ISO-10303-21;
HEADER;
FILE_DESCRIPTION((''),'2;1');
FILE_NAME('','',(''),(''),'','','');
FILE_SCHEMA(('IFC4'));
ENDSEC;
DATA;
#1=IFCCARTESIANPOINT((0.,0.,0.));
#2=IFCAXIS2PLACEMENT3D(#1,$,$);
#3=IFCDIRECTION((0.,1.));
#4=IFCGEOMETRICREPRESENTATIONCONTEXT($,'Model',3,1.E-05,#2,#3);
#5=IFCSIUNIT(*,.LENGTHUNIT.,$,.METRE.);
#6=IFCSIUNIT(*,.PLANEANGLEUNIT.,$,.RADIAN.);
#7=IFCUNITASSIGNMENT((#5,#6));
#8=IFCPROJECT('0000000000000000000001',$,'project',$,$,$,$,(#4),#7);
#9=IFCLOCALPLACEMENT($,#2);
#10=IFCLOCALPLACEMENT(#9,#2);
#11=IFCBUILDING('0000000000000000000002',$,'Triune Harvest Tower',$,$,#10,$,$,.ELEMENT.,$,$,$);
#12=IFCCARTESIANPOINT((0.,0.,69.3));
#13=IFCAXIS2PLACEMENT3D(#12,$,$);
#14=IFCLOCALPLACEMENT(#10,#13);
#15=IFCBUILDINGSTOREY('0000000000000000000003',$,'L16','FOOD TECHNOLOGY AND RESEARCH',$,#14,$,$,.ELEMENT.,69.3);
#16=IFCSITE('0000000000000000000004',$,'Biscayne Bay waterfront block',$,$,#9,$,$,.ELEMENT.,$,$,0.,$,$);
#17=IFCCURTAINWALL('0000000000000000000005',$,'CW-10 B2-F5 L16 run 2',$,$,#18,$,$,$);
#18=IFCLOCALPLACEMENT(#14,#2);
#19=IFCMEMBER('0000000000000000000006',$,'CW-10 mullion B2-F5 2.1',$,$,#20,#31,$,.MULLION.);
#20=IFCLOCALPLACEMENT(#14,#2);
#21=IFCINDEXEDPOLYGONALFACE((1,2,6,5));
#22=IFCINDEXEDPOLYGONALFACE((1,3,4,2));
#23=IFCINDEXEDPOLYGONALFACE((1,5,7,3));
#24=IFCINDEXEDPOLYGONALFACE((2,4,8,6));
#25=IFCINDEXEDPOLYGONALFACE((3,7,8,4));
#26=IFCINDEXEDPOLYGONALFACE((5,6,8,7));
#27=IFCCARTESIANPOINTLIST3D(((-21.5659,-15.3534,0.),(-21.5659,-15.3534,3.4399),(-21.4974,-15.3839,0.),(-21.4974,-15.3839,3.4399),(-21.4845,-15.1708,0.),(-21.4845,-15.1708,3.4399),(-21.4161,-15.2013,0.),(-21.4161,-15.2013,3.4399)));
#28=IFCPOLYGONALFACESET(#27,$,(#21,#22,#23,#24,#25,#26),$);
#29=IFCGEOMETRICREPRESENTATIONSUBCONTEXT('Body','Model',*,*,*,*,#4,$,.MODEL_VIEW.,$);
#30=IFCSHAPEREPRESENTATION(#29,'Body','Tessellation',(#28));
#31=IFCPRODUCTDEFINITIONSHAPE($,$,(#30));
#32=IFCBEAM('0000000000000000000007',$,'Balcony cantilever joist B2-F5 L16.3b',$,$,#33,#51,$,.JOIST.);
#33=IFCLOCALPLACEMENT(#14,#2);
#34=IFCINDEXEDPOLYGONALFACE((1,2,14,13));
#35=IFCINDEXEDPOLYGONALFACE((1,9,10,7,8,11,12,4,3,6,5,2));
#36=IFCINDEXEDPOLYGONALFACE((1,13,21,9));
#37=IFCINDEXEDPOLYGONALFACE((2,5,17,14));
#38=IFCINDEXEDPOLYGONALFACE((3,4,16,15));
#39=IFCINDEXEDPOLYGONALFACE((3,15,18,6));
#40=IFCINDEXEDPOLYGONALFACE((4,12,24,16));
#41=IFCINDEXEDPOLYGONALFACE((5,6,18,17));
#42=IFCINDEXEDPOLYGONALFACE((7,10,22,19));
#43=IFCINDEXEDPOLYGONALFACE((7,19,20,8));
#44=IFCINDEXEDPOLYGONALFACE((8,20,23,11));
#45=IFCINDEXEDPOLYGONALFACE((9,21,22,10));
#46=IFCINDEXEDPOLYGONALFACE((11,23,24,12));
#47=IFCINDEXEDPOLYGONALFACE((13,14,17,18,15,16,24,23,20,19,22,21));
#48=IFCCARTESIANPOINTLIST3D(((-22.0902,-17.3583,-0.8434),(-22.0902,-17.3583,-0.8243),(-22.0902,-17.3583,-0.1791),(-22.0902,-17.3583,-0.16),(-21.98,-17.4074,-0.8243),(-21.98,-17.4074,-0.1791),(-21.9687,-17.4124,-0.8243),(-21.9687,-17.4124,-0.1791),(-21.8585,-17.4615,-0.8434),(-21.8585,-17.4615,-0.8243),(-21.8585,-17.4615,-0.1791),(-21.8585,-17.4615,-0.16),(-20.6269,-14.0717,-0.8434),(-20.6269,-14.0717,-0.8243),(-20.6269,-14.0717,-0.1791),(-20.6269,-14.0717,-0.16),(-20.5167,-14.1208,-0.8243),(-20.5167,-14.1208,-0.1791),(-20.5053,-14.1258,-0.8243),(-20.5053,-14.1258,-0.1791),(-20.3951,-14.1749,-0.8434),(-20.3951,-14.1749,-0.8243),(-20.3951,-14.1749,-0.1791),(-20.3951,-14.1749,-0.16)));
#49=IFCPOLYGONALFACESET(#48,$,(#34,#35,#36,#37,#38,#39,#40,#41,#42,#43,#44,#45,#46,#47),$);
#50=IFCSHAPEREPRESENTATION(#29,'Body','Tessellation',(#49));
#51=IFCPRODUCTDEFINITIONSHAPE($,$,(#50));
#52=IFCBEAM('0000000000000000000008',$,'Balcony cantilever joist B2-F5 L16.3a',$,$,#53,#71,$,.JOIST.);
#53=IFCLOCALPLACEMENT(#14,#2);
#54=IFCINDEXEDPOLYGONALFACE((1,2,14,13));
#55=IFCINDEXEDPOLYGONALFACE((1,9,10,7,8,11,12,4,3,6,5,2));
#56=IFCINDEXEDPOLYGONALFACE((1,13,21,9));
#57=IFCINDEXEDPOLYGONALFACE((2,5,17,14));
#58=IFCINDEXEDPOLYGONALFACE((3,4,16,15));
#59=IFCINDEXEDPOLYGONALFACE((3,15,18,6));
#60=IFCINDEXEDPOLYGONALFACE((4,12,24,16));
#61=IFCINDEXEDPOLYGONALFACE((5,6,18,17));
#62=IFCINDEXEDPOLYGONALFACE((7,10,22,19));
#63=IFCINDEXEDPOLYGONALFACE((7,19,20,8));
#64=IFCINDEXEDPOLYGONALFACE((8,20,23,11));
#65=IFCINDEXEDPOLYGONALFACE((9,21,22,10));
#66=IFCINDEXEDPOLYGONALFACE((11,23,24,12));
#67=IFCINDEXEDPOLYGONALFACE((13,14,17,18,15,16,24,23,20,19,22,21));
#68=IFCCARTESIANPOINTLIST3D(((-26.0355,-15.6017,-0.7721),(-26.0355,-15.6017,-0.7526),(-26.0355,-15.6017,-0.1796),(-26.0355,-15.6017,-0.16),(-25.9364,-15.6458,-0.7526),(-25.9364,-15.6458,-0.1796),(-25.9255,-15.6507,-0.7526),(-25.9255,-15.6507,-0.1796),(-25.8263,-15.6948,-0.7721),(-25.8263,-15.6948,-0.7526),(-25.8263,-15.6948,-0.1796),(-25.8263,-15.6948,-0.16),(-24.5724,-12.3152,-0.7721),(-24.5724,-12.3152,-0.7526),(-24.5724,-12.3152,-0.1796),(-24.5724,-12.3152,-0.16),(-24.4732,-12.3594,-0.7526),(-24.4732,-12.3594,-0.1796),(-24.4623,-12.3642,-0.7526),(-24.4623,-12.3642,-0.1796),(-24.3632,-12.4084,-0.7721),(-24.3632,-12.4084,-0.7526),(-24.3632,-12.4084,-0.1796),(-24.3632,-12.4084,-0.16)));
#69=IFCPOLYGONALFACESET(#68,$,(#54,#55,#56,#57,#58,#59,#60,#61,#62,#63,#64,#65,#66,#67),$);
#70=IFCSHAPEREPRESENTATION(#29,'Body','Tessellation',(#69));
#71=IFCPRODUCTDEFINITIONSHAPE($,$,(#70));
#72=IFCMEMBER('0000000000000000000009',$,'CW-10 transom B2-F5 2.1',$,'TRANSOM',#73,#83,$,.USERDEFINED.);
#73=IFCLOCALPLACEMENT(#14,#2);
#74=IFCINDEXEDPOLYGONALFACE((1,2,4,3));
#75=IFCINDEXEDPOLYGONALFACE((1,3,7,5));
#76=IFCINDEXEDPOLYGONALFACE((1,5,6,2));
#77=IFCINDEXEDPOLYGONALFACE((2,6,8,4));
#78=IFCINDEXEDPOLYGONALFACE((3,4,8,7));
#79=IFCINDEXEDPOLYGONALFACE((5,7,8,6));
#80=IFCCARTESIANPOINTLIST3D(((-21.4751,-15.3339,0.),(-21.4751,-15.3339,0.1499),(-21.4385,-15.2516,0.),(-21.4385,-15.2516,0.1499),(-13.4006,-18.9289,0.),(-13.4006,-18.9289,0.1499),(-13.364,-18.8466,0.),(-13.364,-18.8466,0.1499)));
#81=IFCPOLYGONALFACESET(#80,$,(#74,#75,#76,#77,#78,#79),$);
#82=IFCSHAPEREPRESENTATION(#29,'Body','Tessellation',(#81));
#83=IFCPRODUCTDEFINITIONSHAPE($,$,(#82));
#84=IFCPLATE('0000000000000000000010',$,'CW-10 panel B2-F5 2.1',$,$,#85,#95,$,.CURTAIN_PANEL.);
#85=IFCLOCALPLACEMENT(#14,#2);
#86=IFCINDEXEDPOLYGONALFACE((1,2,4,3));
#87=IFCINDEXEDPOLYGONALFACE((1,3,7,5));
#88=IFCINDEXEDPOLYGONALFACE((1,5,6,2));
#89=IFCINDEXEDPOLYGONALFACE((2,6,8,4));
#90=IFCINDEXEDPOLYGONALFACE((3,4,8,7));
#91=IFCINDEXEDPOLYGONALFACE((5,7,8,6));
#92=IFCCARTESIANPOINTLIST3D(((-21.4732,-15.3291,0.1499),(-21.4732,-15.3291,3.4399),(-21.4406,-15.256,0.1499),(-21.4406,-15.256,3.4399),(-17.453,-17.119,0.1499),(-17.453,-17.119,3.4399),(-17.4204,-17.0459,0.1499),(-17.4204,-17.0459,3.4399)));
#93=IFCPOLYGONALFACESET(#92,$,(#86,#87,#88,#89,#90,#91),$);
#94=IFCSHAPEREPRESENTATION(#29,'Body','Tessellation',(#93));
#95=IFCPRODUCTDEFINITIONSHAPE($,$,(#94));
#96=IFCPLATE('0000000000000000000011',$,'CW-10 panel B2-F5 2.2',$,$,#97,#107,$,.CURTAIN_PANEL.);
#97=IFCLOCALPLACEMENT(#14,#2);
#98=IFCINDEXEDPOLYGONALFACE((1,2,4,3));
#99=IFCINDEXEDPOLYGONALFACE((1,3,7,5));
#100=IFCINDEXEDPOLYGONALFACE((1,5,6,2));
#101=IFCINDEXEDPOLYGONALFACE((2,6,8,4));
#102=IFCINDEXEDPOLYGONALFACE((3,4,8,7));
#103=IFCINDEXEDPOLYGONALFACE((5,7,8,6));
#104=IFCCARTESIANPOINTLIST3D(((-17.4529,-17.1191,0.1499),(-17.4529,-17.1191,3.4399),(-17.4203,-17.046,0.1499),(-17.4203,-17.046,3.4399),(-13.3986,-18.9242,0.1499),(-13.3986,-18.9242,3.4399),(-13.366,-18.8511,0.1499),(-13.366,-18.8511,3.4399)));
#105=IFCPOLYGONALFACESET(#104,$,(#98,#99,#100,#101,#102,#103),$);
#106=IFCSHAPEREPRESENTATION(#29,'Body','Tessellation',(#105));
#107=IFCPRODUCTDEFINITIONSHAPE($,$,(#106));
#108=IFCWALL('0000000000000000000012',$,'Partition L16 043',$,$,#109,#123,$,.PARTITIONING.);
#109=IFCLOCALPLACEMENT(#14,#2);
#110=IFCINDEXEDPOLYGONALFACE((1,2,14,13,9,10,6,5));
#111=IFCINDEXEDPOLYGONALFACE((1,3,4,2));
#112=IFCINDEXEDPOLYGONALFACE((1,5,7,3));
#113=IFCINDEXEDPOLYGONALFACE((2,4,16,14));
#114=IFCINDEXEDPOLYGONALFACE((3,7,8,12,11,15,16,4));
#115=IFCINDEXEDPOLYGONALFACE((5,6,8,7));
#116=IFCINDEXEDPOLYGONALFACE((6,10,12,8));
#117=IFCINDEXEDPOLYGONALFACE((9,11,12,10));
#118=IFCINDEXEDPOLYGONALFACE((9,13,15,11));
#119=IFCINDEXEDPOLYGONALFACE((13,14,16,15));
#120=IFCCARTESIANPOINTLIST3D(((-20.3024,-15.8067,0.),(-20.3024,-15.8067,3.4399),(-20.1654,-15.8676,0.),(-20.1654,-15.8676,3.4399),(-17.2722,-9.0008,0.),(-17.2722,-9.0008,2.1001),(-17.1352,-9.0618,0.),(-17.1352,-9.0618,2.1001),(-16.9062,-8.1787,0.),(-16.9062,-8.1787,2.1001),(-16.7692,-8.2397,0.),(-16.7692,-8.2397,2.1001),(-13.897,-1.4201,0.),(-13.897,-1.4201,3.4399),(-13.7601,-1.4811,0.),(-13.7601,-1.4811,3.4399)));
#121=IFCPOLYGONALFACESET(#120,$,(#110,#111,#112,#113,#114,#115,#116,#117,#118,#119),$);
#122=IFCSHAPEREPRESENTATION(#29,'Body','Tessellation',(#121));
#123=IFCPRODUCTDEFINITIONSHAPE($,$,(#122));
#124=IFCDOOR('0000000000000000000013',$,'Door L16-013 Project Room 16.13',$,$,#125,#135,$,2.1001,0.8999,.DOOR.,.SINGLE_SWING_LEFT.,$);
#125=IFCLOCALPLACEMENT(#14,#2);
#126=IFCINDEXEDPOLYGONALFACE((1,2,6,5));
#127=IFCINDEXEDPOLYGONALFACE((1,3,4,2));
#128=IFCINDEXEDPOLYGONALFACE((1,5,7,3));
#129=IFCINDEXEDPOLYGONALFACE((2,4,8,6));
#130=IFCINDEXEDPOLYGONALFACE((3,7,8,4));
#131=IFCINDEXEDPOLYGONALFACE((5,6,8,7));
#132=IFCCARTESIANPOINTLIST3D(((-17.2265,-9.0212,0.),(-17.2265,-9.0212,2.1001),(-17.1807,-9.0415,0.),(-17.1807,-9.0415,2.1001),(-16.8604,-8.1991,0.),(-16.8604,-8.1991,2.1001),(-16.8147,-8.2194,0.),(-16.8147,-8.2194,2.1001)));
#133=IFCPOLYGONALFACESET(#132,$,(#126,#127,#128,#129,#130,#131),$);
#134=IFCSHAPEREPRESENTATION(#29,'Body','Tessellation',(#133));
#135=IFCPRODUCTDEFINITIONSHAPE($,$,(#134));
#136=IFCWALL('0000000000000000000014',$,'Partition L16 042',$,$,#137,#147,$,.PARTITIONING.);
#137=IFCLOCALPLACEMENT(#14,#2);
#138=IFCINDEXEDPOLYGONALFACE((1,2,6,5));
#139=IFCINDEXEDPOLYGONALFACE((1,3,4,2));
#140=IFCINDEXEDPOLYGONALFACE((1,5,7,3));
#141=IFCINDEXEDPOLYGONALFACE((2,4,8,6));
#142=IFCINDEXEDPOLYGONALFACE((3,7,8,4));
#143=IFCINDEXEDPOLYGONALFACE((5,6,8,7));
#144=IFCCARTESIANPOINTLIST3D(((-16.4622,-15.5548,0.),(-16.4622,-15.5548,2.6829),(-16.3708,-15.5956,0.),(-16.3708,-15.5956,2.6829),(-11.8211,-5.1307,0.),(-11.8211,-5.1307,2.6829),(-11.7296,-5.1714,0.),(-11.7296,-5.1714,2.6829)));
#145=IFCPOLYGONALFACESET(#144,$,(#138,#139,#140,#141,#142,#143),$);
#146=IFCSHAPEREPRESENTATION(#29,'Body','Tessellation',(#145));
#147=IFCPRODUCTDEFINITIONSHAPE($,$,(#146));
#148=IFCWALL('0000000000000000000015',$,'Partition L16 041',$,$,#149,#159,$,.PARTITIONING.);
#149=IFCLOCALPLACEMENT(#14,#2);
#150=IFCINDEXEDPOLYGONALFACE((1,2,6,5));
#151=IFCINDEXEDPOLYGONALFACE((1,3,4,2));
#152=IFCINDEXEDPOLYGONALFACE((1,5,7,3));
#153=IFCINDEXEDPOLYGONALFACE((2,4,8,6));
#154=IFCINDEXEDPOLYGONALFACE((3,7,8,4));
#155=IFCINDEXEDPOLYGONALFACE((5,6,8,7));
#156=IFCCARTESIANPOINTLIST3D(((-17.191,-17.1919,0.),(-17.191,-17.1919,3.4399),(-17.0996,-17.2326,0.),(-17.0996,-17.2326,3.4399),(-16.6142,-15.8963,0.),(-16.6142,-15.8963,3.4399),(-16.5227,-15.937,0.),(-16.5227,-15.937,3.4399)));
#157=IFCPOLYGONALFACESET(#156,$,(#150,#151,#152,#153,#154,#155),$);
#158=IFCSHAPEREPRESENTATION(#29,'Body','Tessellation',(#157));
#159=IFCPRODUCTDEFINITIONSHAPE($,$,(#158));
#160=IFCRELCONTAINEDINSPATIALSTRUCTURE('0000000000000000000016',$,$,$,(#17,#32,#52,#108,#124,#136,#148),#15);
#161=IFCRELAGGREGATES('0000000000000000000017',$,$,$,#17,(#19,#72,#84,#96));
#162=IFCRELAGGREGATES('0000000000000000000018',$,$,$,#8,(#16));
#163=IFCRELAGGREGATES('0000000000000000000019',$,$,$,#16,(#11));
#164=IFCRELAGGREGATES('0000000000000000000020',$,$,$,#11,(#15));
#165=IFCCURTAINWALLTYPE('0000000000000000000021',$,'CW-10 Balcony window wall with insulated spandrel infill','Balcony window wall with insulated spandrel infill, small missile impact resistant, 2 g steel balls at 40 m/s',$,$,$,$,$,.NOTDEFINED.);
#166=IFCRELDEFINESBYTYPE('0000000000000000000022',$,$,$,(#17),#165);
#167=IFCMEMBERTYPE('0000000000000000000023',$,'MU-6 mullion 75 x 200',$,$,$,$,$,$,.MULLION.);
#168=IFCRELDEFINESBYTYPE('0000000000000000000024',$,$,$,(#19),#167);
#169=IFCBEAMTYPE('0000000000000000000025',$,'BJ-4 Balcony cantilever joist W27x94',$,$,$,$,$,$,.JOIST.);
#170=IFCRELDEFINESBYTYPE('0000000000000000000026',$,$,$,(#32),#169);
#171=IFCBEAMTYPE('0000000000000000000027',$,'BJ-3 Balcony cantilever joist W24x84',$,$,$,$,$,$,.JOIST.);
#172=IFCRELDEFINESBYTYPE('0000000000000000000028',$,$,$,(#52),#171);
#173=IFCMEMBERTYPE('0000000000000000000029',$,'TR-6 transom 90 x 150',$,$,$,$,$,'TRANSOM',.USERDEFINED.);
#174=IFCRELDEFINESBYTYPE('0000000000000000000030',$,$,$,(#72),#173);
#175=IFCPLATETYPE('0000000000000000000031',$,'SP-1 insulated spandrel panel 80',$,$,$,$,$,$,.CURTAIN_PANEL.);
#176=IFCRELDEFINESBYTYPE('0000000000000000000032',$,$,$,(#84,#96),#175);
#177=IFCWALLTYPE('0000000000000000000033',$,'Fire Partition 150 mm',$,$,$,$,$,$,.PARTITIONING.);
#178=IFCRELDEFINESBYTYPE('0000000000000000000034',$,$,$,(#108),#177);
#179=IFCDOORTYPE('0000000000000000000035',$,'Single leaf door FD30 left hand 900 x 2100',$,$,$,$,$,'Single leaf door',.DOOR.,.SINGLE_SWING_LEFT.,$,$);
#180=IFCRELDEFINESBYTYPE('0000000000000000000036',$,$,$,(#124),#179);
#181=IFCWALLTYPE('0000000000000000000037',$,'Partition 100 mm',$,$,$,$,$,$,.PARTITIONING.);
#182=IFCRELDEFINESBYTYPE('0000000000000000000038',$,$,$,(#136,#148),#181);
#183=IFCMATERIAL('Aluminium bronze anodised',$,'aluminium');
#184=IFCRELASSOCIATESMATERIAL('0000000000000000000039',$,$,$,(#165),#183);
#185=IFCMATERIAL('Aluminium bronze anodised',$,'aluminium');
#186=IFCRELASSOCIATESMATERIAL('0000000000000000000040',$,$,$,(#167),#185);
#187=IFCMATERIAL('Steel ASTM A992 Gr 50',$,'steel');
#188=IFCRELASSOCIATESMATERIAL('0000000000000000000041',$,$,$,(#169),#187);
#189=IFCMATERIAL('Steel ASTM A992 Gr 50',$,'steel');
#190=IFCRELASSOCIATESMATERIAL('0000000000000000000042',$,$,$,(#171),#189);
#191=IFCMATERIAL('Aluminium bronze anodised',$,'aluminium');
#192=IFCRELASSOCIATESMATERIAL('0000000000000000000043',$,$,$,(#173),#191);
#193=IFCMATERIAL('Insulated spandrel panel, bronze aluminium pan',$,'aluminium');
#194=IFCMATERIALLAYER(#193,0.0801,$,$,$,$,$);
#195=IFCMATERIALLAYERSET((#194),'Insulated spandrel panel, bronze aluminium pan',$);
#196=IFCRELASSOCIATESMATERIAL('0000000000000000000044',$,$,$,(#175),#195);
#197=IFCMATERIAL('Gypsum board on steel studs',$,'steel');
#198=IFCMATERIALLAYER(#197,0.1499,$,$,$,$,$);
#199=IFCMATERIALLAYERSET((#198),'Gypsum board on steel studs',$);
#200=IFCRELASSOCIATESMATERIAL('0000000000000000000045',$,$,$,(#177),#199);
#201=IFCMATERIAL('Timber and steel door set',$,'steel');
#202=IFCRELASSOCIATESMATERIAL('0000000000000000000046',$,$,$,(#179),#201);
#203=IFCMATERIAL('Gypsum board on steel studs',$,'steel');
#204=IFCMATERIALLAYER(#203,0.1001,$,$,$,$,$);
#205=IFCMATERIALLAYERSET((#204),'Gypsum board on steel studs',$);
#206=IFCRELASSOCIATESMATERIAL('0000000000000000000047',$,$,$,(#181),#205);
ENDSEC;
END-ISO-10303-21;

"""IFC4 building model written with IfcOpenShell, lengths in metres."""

from ifc_helpers import new_model, si_unit, direction, frame, frame_2d, origin, origin_2d, place, context, subcontext, project, spatial, rectangle, i_section, extrude, source, transform, mapped, material, layer, layer_set, material_profile, profile_set, type_object, element, fill, aggregate, save


model = new_model("IFC4")

# Units and contexts
model_context = context("Model", 3, precision=1e-05, world=origin(), true_north=direction((0.0, 1.0)))
body_context = subcontext(model_context, "Body", "Model", "MODEL_VIEW")
ifc_project = project(units=[si_unit("LENGTHUNIT", "METRE"), si_unit("PLANEANGLEUNIT", "RADIAN")], contexts=[model_context])

# Site, building, storey
site_placement = place(None, origin())
site = spatial("IfcSite", under=ifc_project, at=site_placement, Name="Biscayne Bay waterfront block", CompositionType="ELEMENT", RefElevation=0.0)
building_placement = place(site_placement, origin())
building = spatial("IfcBuilding", under=site, at=building_placement, Name="Triune Harvest Tower", CompositionType="ELEMENT")
storey_placement = place(building_placement, frame((0.0, 0.0, 69.3)))
storey = spatial("IfcBuildingStorey", under=building, at=storey_placement, Name="L16", Description="FOOD TECHNOLOGY AND RESEARCH", CompositionType="ELEMENT", Elevation=69.3)

# Curtain wall, member
ifc_material_1 = material(Name="Aluminium bronze anodised", Category="aluminium")
curtain_wall_type = type_object("IfcCurtainWallType", Name="CW-10 Balcony window wall with insulated spandrel infill", Description="Balcony window wall with insulated spandrel infill, small missile impact resistant, 2 g steel balls at 40 m/s", PredefinedType="NOTDEFINED", material=ifc_material_1)
curtain_wall_placement = place(storey_placement, origin())
curtain_wall = element("IfcCurtainWall", 1, at=curtain_wall_placement, inside=storey, type_object=curtain_wall_type, Name="CW-10 B2-F5 L16 run 2")
ifc_material_2 = material(Name="Aluminium bronze anodised", Category="aluminium")
ifc_material_profile_1 = material_profile(ifc_material_2, rectangle(XDim=0.2, YDim=0.075, at=origin_2d()), Name="MU-6 mullion 75 x 200")
ifc_profile_set_1 = profile_set([ifc_material_profile_1], Name="Aluminium bronze anodised")
member_type_1 = type_object("IfcMemberType", Name="MU-6 mullion 75 x 200", PredefinedType="MULLION", material=ifc_profile_set_1)
shared_shape_1 = source(origin(), body_context, "Body", "SweptSolid", [
    extrude(rectangle(XDim=0.2, YDim=0.075, at=origin_2d()), origin(), (0.0, 0.0, 1.0), 3.4399),
])
member_1_placement = place(storey_placement, frame((-21.491, -15.2773, 0.0), z_axis=(0.0, 0.0, 1.0), x_axis=(0.406739, 0.913544, 0.0)))
member_1 = element("IfcMember", 2, at=member_1_placement, type_object=member_type_1, Name="CW-10 mullion B2-F5 2.1", PredefinedType="MULLION", context=body_context, shape_type="MappedRepresentation", body=[
    mapped(shared_shape_1, transform((0.0, 0.0, 0.0), scale=1.0)),
])

# Beams
ifc_material_3 = material(Name="Steel ASTM A992 Gr 50", Category="steel")
ifc_material_profile_2 = material_profile(ifc_material_3, i_section(OverallWidth=0.2537, OverallDepth=0.6833, WebThickness=0.0125, FlangeThickness=0.019, at=origin_2d()), Name="W27x94")
ifc_profile_set_2 = profile_set([ifc_material_profile_2], Name="Steel ASTM A992 Gr 50")
beam_type_1 = type_object("IfcBeamType", Name="BJ-4 Balcony cantilever joist W27x94", PredefinedType="JOIST", material=ifc_profile_set_2)
shared_shape_2 = source(origin(), body_context, "Body", "SweptSolid", [
    extrude(i_section(OverallWidth=0.2537, OverallDepth=0.6833, WebThickness=0.0125, FlangeThickness=0.019, at=origin_2d()), origin(), (0.0, 0.0, 1.0), 3.5977),
])
beam_1_placement = place(storey_placement, frame((-20.511, -14.1233, -0.5017), z_axis=(-0.406755, -0.913537, 0.0), x_axis=(0.913537, -0.406755, 0.0)))
element("IfcBeam", 3, at=beam_1_placement, inside=storey, type_object=beam_type_1, Name="Balcony cantilever joist B2-F5 L16.3b", PredefinedType="JOIST", context=body_context, shape_type="MappedRepresentation", body=[
    mapped(shared_shape_2, transform((0.0, 0.0, 0.0), scale=1.0)),
])
ifc_material_4 = material(Name="Steel ASTM A992 Gr 50", Category="steel")
ifc_material_profile_3 = material_profile(ifc_material_4, i_section(OverallWidth=0.229, OverallDepth=0.6121, WebThickness=0.012, FlangeThickness=0.0195, at=origin_2d()), Name="W24x84")
ifc_profile_set_3 = profile_set([ifc_material_profile_3], Name="Steel ASTM A992 Gr 50")
beam_type_2 = type_object("IfcBeamType", Name="BJ-3 Balcony cantilever joist W24x84", PredefinedType="JOIST", material=ifc_profile_set_3)
shared_shape_3 = source(origin(), body_context, "Body", "SweptSolid", [
    extrude(i_section(OverallWidth=0.229, OverallDepth=0.6121, WebThickness=0.012, FlangeThickness=0.0195, at=origin_2d()), origin(), (0.0, 0.0, 1.0), 3.5974),
])
beam_2_placement = place(storey_placement, frame((-24.4678, -12.3618, -0.4661), z_axis=(-0.406724, -0.913551, 0.0), x_axis=(0.913551, -0.406724, 0.0)))
element("IfcBeam", 4, at=beam_2_placement, inside=storey, type_object=beam_type_2, Name="Balcony cantilever joist B2-F5 L16.3a", PredefinedType="JOIST", context=body_context, shape_type="MappedRepresentation", body=[
    mapped(shared_shape_3, transform((0.0, 0.0, 0.0), scale=1.0)),
])

# Member
ifc_material_5 = material(Name="Aluminium bronze anodised", Category="aluminium")
ifc_material_profile_4 = material_profile(ifc_material_5, rectangle(XDim=0.0901, YDim=0.1499, at=origin_2d()), Name="TR-6 transom 90 x 150")
ifc_profile_set_4 = profile_set([ifc_material_profile_4], Name="Aluminium bronze anodised")
member_type_2 = type_object("IfcMemberType", Name="TR-6 transom 90 x 150", ElementType="TRANSOM", PredefinedType="USERDEFINED", material=ifc_profile_set_4)
shared_shape_4 = source(origin(), body_context, "Body", "SweptSolid", [
    extrude(rectangle(XDim=0.0901, YDim=0.1499, at=origin_2d()), origin(), (0.0, 0.0, 1.0), 8.8386),
])
member_2_placement = place(storey_placement, frame((-21.4568, -15.2927, 0.075), z_axis=(0.913546, -0.406736, 0.0), x_axis=(0.406736, 0.913546, 0.0)))
member_2 = element("IfcMember", 5, at=member_2_placement, type_object=member_type_2, Name="CW-10 transom B2-F5 2.1", ObjectType="TRANSOM", PredefinedType="USERDEFINED", context=body_context, shape_type="MappedRepresentation", body=[
    mapped(shared_shape_4, transform((0.0, 0.0, 0.0), scale=1.0)),
])

# Plates
ifc_material_6 = material(Name="Insulated spandrel panel, bronze aluminium pan", Category="aluminium")
ifc_layer_1 = layer(ifc_material_6, 0.0801)
ifc_layer_set_1 = layer_set([ifc_layer_1], Name="Insulated spandrel panel, bronze aluminium pan")
plate_type = type_object("IfcPlateType", Name="SP-1 insulated spandrel panel 80", PredefinedType="CURTAIN_PANEL", material=ifc_layer_set_1)
shared_shape_5 = source(origin(), body_context, "Body", "SweptSolid", [
    extrude(rectangle(XDim=4.4006, YDim=0.0801, at=origin_2d()), origin(), (0.0, 0.0, 1.0), 3.29),
])
plate_1_placement = place(storey_placement, frame((-19.4468, -16.1875, 0.1499), z_axis=(0.0, 0.0, 1.0), x_axis=(0.913544, -0.406739, 0.0)))
plate_1 = element("IfcPlate", 6, at=plate_1_placement, type_object=plate_type, Name="CW-10 panel B2-F5 2.1", PredefinedType="CURTAIN_PANEL", context=body_context, shape_type="MappedRepresentation", body=[
    mapped(shared_shape_5, transform((0.0, 0.0, 0.0), scale=1.0)),
])
shared_shape_6 = source(origin(), body_context, "Body", "SweptSolid", [
    extrude(rectangle(XDim=4.438, YDim=0.0801, at=origin_2d()), origin(), (0.0, 0.0, 1.0), 3.29),
])
plate_2_placement = place(storey_placement, frame((-15.4094, -17.9851, 0.1499), z_axis=(0.0, 0.0, 1.0), x_axis=(0.913544, -0.406739, 0.0)))
plate_2 = element("IfcPlate", 7, at=plate_2_placement, type_object=plate_type, Name="CW-10 panel B2-F5 2.2", PredefinedType="CURTAIN_PANEL", context=body_context, shape_type="MappedRepresentation", body=[
    mapped(shared_shape_6, transform((0.0, 0.0, 0.0), scale=1.0)),
])
aggregate(curtain_wall, [member_1, member_2, plate_1, plate_2])

# Wall, opening, door
ifc_material_7 = material(Name="Gypsum board on steel studs", Category="steel")
ifc_layer_2 = layer(ifc_material_7, 0.1499)
ifc_layer_set_2 = layer_set([ifc_layer_2], Name="Gypsum board on steel studs")
wall_type_1 = type_object("IfcWallType", Name="Fire Partition 150 mm", PredefinedType="PARTITIONING", material=ifc_layer_set_2)
wall_1_placement = place(storey_placement, frame((-20.2339, -15.8372, 0.0), z_axis=(0.0, 0.0, 1.0), x_axis=(0.406737, 0.913545, 0.0)))
wall_1 = element("IfcWall", 8, at=wall_1_placement, inside=storey, type_object=wall_type_1, Name="Partition L16 043", PredefinedType="PARTITIONING", context=body_context, shape_type="SweptSolid", body=[
    extrude(rectangle(XDim=15.748, YDim=0.1499, at=frame_2d((7.874, 0.0))), origin(), (0.0, 0.0, 1.0), 3.4399),
])
opening_1_placement = place(wall_1_placement, frame((7.45, 0.0, 0.0)))
opening_1 = element("IfcOpeningElement", 9, at=opening_1_placement, cuts=wall_1, PredefinedType="OPENING", context=body_context, shape_type="SweptSolid", body=[
    extrude(rectangle(XDim=0.8999, YDim=2.1001, at=frame_2d((0.45, 1.05))), frame((0.0, 0.085, 0.0), z_axis=(0.0, -1.0, 0.0), x_axis=(1.0, 0.0, 0.0)), (0.0, 0.0, 1.0), 0.1699),
])
ifc_material_8 = material(Name="Timber and steel door set", Category="steel")
door_type_1 = type_object("IfcDoorType", Name="Single leaf door FD30 left hand 900 x 2100", ElementType="Single leaf door", OperationType="SINGLE_SWING_LEFT", PredefinedType="DOOR", material=ifc_material_8)
door_1_placement = place(opening_1_placement, origin())
door_1 = element("IfcDoor", 10, at=door_1_placement, inside=storey, type_object=door_type_1, Name="Door L16-013 Project Room 16.13", OperationType="SINGLE_SWING_LEFT", OverallHeight=2.1001, OverallWidth=0.8999, PredefinedType="DOOR", context=body_context, shape_type="SweptSolid", body=[
    extrude(rectangle(XDim=0.8999, YDim=2.1001, at=frame_2d((0.45, 1.05))), frame((0.0, 0.0249, 0.0), z_axis=(0.0, -1.0, 0.0), x_axis=(1.0, 0.0, 0.0)), (0.0, 0.0, 1.0), 0.05),
])
fill(opening_1, door_1)

# Wall
ifc_material_9 = material(Name="Gypsum board on steel studs", Category="steel")
ifc_layer_3 = layer(ifc_material_9, 0.1001)
ifc_layer_set_3 = layer_set([ifc_layer_3], Name="Gypsum board on steel studs")
wall_type_2 = type_object("IfcWallType", Name="Partition 100 mm", PredefinedType="PARTITIONING", material=ifc_layer_set_3)
wall_2_placement = place(storey_placement, frame((-16.4165, -15.5752, 0.0), z_axis=(0.0, 0.0, 1.0), x_axis=(0.406738, 0.913545, 0.0)))
element("IfcWall", 11, at=wall_2_placement, inside=storey, type_object=wall_type_2, Name="Partition L16 042", PredefinedType="PARTITIONING", context=body_context, shape_type="SweptSolid", body=[
    extrude(rectangle(XDim=11.4106, YDim=0.1001, at=frame_2d((5.7053, 0.0))), origin(), (0.0, 0.0, 1.0), 2.6829),
])

# Wall
shared_shape_7 = source(origin(), body_context, "Body", "SweptSolid", [
    extrude(rectangle(XDim=1.4182, YDim=0.1001, at=frame_2d((0.709, 0.0))), origin(), (0.0, 0.0, 1.0), 3.4399),
])
wall_3_placement = place(storey_placement, frame((-17.1453, -17.2122, 0.0), z_axis=(0.0, 0.0, 1.0), x_axis=(0.406761, 0.913534, 0.0)))
element("IfcWall", 12, at=wall_3_placement, inside=storey, type_object=wall_type_2, Name="Partition L16 041", PredefinedType="PARTITIONING", context=body_context, shape_type="MappedRepresentation", body=[
    mapped(shared_shape_7, transform((0.0, 0.0, 0.0), scale=1.0)),
])

save(model, "model.ifc")
